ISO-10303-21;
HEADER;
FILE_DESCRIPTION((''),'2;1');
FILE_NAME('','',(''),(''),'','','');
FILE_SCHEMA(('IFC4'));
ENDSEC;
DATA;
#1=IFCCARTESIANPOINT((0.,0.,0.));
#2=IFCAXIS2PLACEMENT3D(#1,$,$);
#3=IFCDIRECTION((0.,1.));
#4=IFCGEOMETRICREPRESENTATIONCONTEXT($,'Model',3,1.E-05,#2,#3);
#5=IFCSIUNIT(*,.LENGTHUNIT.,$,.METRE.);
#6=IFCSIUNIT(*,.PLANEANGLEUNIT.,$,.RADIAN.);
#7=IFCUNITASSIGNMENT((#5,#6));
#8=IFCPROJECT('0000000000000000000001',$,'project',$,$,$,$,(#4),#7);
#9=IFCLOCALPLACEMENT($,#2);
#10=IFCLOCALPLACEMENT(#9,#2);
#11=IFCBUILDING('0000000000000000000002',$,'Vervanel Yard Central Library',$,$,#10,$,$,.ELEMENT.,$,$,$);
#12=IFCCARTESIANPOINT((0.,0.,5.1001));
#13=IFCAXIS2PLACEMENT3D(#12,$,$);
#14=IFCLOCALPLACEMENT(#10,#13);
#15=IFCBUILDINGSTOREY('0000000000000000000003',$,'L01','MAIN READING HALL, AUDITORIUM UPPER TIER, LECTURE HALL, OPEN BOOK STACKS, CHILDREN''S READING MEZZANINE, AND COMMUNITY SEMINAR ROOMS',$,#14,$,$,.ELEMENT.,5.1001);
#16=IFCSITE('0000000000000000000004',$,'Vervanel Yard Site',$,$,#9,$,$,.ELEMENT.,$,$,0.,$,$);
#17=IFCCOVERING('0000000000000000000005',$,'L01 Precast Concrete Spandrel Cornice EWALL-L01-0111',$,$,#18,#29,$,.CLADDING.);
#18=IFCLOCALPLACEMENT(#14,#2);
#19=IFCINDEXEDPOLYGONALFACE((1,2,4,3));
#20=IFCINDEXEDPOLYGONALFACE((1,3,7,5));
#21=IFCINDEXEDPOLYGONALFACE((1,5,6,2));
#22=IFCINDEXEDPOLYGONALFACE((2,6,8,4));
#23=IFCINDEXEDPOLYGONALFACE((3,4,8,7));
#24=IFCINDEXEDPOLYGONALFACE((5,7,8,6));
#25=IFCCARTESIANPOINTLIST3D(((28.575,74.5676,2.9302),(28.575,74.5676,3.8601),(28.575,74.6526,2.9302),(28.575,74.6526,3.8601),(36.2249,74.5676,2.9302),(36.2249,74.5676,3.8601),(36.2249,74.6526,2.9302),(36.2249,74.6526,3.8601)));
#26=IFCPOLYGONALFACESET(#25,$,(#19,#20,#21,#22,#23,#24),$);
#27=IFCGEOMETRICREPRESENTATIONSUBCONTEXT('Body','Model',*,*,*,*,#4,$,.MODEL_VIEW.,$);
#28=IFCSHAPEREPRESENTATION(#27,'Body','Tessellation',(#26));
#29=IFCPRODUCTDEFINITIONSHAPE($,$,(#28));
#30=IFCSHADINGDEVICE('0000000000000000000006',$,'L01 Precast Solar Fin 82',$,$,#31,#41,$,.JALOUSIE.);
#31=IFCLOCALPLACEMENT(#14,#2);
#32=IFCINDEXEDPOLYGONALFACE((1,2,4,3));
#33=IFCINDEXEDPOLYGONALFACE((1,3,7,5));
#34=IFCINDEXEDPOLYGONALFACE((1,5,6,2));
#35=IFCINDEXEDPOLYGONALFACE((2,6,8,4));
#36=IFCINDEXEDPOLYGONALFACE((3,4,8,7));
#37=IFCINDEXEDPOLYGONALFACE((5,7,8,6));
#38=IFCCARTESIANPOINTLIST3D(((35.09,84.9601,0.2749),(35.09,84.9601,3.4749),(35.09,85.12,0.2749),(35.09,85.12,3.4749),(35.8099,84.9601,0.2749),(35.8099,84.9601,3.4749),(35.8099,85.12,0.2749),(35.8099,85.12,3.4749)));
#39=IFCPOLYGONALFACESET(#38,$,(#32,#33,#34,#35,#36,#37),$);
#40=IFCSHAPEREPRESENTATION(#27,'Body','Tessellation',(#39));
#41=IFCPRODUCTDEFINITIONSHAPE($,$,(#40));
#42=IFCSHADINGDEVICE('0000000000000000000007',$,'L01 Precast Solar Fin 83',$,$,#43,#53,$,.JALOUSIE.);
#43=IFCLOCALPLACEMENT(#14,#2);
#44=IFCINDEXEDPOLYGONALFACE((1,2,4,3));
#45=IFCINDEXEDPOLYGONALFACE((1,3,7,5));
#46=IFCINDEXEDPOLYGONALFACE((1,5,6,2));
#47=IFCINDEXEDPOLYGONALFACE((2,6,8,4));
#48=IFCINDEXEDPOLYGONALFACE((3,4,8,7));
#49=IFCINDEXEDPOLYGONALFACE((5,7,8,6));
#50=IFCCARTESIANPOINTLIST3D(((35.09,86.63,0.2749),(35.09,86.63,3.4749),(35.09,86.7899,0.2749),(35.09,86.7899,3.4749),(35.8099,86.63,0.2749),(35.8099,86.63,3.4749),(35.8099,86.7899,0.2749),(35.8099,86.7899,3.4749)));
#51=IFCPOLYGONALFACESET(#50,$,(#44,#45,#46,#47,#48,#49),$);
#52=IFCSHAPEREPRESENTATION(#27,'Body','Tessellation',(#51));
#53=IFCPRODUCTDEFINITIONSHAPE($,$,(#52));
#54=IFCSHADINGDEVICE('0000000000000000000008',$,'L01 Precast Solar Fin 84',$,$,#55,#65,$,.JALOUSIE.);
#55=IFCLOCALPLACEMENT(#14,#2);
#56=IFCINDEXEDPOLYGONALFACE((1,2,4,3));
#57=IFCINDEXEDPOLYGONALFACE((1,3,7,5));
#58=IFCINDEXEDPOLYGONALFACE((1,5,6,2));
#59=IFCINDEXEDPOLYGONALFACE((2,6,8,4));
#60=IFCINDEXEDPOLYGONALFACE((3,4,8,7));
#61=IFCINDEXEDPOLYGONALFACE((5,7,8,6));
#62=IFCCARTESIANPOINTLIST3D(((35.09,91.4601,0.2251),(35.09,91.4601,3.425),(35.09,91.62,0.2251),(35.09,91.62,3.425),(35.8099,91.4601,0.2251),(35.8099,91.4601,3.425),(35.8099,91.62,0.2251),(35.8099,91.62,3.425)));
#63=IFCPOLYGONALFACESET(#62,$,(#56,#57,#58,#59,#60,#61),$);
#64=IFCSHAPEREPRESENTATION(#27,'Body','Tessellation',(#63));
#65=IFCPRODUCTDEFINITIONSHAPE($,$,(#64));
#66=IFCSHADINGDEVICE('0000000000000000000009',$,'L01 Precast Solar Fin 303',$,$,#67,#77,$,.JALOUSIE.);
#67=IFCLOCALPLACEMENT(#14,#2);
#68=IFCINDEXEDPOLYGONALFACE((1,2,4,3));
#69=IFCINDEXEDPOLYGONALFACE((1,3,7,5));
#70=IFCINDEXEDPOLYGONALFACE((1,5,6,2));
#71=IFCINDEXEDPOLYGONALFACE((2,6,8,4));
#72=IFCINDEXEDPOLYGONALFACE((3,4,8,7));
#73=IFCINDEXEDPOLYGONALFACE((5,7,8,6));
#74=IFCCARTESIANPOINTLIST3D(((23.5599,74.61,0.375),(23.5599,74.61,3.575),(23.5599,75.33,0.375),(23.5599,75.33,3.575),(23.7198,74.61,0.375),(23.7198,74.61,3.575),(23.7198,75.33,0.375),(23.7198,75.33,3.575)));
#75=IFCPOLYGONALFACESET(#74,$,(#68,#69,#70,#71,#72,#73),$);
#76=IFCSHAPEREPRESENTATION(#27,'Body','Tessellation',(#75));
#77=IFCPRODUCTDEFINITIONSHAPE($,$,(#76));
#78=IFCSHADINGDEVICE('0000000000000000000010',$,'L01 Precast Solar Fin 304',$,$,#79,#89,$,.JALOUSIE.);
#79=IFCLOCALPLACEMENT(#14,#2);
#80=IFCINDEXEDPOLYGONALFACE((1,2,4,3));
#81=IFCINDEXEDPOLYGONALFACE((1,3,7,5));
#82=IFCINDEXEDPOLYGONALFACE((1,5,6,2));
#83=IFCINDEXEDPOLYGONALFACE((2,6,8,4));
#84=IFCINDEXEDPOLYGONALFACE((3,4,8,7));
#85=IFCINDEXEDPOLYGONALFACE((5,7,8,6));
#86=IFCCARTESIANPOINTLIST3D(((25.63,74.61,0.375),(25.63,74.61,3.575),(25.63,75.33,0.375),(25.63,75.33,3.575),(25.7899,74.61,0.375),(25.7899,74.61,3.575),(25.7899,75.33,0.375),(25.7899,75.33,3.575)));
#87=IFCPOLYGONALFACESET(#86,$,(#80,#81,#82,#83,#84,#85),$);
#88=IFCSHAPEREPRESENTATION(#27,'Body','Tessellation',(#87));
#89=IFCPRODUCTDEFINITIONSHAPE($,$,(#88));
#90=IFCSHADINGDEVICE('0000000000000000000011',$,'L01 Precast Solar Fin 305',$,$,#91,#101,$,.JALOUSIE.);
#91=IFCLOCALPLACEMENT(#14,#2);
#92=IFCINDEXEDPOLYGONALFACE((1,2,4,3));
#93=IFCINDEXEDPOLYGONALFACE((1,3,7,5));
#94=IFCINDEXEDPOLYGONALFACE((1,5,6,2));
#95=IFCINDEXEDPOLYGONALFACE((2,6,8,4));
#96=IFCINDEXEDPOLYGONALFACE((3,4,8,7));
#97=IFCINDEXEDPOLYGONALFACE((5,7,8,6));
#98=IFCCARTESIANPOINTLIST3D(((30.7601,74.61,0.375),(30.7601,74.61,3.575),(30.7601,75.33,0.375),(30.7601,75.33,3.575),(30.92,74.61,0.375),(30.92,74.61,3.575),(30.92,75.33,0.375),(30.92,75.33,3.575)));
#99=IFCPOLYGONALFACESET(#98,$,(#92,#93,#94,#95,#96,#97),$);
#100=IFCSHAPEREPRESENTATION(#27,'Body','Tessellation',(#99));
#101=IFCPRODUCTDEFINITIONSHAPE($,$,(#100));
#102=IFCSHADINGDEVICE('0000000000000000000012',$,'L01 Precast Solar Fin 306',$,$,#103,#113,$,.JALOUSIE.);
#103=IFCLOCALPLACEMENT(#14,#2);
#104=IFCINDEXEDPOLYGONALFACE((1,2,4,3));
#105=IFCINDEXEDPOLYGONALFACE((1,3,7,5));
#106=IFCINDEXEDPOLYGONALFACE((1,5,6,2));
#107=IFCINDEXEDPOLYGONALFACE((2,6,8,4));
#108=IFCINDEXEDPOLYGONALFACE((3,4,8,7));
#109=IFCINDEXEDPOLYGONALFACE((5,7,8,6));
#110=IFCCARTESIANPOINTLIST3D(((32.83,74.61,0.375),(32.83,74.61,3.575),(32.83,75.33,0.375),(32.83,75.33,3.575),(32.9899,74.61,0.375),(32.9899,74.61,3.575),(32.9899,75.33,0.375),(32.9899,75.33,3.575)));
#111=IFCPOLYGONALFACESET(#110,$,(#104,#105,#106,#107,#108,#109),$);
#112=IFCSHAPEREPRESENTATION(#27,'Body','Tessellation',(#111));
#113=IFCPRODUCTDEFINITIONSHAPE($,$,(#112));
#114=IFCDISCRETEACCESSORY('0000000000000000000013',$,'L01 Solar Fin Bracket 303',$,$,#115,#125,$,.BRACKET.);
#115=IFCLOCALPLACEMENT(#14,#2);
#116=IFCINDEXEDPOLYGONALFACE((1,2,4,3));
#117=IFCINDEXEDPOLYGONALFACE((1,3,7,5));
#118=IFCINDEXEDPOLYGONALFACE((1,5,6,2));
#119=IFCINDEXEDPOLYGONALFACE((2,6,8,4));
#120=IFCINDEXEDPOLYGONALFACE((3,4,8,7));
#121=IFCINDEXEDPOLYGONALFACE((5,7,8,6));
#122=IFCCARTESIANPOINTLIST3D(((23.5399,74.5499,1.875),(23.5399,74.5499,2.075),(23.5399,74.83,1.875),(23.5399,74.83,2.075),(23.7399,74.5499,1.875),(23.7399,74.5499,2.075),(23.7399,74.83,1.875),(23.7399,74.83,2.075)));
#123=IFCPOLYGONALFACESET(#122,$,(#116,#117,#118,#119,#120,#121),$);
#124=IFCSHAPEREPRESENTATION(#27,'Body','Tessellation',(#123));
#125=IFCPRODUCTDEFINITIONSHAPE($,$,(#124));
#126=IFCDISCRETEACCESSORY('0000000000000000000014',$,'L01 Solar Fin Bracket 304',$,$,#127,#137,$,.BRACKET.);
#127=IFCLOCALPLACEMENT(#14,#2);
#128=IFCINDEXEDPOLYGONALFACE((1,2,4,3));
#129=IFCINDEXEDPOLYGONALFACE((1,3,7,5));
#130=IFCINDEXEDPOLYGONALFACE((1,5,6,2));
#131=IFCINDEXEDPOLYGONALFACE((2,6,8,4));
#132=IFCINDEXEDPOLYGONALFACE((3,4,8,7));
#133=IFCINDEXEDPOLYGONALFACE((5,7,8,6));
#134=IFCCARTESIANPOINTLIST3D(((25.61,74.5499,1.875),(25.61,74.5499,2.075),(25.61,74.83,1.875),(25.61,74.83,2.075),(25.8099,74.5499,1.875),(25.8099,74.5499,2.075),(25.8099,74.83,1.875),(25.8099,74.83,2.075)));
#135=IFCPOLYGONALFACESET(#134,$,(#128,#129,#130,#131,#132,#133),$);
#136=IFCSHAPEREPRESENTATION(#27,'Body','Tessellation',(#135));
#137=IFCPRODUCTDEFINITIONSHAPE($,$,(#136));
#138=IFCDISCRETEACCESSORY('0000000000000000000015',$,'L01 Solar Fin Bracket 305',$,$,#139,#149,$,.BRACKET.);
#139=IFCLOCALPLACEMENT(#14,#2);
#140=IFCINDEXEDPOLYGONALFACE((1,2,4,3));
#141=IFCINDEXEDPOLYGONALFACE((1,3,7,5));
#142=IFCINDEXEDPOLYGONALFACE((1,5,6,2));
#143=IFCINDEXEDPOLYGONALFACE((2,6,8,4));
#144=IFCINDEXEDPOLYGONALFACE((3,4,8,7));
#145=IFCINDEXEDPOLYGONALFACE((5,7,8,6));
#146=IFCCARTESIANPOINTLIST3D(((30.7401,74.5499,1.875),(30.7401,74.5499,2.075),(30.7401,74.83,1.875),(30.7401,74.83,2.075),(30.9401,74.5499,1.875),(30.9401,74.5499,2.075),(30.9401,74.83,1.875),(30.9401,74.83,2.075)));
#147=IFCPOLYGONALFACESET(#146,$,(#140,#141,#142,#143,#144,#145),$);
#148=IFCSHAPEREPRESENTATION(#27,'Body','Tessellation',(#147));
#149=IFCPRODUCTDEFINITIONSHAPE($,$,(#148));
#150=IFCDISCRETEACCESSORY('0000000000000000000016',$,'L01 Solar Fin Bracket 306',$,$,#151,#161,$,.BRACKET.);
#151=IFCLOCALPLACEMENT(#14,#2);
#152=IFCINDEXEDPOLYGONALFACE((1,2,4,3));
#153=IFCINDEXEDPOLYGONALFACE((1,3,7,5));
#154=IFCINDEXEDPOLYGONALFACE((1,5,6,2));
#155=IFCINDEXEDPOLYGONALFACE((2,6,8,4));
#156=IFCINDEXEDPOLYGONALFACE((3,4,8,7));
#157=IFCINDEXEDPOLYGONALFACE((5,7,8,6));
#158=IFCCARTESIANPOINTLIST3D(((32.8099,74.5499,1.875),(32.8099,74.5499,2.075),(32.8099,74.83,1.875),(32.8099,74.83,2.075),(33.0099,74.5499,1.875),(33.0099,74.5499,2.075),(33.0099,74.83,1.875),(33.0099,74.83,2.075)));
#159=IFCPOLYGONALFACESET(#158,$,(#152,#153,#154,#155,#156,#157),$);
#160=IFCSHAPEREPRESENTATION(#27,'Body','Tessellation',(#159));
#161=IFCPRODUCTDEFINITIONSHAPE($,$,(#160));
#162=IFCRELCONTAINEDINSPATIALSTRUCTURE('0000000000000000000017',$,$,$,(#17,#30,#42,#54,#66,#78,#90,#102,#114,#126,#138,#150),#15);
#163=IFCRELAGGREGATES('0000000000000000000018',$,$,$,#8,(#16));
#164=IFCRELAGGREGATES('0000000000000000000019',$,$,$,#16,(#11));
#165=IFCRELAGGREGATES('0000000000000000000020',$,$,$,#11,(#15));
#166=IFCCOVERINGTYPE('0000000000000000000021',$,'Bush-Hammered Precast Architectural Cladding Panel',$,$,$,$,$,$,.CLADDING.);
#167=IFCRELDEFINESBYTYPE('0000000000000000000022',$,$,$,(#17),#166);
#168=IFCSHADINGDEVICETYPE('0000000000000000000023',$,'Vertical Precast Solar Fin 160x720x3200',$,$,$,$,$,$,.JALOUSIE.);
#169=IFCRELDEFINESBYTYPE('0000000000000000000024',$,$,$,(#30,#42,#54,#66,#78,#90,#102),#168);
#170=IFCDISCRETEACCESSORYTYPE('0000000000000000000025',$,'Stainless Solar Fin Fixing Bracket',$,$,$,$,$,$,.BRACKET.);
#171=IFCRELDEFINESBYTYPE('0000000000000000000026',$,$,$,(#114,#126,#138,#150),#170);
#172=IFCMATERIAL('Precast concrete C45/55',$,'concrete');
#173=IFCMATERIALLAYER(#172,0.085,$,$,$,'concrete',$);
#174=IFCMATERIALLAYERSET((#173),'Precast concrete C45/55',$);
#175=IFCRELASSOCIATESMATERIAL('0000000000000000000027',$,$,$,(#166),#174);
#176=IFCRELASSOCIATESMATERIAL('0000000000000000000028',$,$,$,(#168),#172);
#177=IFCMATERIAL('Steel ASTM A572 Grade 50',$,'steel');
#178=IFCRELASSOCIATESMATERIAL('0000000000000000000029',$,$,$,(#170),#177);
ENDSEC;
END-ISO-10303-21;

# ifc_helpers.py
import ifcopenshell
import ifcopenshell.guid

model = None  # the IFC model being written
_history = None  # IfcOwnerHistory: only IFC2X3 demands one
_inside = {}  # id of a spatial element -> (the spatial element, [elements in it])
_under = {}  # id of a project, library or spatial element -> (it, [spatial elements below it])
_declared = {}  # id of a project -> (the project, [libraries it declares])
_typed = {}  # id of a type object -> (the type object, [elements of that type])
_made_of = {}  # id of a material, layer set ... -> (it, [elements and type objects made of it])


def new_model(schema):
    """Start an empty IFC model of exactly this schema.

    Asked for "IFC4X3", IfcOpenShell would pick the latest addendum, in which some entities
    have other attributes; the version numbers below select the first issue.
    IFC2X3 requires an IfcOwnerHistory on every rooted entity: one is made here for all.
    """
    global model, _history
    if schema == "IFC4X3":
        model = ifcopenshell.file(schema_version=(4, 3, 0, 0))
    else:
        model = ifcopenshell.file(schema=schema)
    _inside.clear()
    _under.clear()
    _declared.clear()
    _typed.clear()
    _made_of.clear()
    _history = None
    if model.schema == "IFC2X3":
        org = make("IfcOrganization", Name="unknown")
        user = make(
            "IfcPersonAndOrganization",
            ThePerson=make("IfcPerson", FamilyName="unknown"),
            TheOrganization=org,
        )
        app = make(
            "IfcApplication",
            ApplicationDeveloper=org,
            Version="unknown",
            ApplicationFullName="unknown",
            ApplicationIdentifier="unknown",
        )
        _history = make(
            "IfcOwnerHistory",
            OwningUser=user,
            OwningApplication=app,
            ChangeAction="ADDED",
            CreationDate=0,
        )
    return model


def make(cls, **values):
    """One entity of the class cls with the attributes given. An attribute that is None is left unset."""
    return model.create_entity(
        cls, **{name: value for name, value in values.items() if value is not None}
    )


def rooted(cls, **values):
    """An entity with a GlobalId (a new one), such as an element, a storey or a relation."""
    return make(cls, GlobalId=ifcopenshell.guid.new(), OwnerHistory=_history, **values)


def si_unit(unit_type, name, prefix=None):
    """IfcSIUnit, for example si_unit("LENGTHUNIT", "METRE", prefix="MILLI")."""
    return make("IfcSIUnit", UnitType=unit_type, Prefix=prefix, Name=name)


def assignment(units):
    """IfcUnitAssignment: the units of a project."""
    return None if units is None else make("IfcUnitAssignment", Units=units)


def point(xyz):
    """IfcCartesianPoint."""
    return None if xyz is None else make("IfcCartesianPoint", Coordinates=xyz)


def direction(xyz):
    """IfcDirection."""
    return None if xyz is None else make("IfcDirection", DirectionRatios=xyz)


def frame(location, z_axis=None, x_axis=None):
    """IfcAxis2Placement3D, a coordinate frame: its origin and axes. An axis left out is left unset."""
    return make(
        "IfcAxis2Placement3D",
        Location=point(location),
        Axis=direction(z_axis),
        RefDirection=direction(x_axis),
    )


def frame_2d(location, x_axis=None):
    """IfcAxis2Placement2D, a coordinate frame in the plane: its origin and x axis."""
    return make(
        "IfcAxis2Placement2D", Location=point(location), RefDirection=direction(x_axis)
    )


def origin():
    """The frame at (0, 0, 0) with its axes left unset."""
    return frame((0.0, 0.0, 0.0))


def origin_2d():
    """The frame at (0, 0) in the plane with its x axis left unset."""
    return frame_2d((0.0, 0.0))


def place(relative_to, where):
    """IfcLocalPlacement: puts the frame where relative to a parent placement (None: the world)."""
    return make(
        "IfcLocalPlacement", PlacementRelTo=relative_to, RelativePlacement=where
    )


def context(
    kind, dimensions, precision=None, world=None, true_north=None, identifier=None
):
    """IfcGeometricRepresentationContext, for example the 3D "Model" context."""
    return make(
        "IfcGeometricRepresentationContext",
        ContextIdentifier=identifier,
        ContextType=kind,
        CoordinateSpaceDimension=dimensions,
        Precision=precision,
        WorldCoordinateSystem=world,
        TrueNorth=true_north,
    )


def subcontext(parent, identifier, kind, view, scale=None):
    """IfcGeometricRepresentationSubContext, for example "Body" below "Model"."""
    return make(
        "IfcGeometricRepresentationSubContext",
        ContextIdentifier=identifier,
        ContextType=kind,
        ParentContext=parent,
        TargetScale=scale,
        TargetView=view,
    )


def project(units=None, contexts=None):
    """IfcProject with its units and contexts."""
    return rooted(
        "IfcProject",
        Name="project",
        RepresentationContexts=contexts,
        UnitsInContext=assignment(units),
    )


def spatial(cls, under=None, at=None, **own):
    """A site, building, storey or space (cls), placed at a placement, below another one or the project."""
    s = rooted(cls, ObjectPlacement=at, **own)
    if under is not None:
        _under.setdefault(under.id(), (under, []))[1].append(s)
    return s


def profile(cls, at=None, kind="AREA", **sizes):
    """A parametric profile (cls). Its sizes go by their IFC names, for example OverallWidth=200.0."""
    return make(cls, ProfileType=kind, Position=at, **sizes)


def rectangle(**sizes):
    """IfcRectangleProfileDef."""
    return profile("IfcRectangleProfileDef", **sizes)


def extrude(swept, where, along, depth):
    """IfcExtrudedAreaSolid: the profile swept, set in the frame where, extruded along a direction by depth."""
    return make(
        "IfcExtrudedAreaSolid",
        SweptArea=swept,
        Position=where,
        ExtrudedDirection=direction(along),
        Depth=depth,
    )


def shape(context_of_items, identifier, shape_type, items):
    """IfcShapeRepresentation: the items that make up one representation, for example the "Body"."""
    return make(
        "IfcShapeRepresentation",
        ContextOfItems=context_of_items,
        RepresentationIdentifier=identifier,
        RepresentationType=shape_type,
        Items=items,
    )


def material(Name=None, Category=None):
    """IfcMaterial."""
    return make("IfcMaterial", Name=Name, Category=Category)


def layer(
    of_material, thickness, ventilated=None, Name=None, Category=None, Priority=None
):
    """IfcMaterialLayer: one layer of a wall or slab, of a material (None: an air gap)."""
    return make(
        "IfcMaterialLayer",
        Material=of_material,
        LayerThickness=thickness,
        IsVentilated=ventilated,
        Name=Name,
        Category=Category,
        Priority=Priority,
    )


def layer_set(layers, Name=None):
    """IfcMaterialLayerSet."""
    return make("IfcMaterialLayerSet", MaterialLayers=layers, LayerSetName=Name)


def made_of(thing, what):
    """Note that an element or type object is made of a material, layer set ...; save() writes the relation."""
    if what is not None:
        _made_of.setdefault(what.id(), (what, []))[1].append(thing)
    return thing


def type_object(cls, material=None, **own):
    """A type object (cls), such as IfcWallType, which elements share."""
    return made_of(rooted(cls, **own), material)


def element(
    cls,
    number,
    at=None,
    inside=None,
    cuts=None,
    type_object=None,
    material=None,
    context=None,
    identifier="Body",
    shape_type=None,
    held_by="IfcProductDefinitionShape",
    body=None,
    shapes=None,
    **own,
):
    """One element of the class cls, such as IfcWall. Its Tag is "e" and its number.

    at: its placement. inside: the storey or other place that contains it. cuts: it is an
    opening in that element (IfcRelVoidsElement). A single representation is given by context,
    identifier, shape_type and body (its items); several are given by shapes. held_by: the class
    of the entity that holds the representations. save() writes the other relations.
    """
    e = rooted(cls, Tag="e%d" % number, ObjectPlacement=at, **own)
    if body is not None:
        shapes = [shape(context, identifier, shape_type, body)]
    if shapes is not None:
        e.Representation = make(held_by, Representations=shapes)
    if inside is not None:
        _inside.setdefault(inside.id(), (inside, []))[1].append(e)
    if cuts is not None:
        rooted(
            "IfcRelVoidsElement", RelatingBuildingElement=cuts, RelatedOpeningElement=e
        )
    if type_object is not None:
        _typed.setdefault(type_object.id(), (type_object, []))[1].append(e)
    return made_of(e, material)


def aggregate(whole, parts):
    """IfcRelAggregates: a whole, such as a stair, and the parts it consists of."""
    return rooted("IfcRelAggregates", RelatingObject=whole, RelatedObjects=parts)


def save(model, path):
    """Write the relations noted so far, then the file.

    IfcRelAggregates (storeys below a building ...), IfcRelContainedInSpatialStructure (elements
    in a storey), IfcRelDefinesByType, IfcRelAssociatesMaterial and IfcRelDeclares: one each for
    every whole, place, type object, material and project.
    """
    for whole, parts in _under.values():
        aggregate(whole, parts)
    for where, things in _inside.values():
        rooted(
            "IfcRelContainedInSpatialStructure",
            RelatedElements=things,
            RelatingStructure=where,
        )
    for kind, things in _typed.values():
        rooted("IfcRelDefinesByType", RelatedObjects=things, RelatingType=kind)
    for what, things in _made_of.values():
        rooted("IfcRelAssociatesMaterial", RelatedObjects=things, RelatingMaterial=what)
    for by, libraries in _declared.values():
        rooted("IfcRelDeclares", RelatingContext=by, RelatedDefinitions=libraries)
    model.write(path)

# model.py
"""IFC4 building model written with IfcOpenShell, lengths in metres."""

from ifc_helpers import new_model, si_unit, direction, frame, origin, origin_2d, place, context, subcontext, project, spatial, rectangle, extrude, material, layer, layer_set, type_object, element, save


model = new_model("IFC4")

# Units and contexts
model_context = context("Model", 3, precision=1e-05, world=origin(), true_north=direction((0.0, 1.0)))
body_context = subcontext(model_context, "Body", "Model", "MODEL_VIEW")
ifc_project = project(units=[si_unit("LENGTHUNIT", "METRE"), si_unit("PLANEANGLEUNIT", "RADIAN")], contexts=[model_context])

# Site, building, storey
site_placement = place(None, origin())
site = spatial("IfcSite", under=ifc_project, at=site_placement, Name="Vervanel Yard Site", CompositionType="ELEMENT", RefElevation=0.0)
building_placement = place(site_placement, origin())
building = spatial("IfcBuilding", under=site, at=building_placement, Name="Vervanel Yard Central Library", CompositionType="ELEMENT")
storey_placement = place(building_placement, frame((0.0, 0.0, 5.1001)))
storey = spatial("IfcBuildingStorey", under=building, at=storey_placement, Name="L01", Description="MAIN READING HALL, AUDITORIUM UPPER TIER, LECTURE HALL, OPEN BOOK STACKS, CHILDREN'S READING MEZZANINE, AND COMMUNITY SEMINAR ROOMS", CompositionType="ELEMENT", Elevation=5.1001)

# Covering
ifc_material_1 = material(Name="Precast concrete C45/55", Category="concrete")
ifc_layer_1 = layer(ifc_material_1, 0.085, Category="concrete")
ifc_layer_set_1 = layer_set([ifc_layer_1], Name="Precast concrete C45/55")
covering_type = type_object("IfcCoveringType", Name="Bush-Hammered Precast Architectural Cladding Panel", PredefinedType="CLADDING", material=ifc_layer_set_1)
covering_1_placement = place(storey_placement, frame((32.3999, 74.6101, 2.9302), z_axis=(0.0, 0.0, 1.0), x_axis=(1.0, 0.0, 0.0)))
element("IfcCovering", 1, at=covering_1_placement, inside=storey, type_object=covering_type, Name="L01 Precast Concrete Spandrel Cornice EWALL-L01-0111", PredefinedType="CLADDING", context=body_context, shape_type="SweptSolid", body=[
    extrude(rectangle(XDim=7.6499, YDim=0.085, at=origin_2d()), origin(), (0.0, 0.0, 1.0), 0.9299),
])

# Shading devices
shading_device_type = type_object("IfcShadingDeviceType", Name="Vertical Precast Solar Fin 160x720x3200", PredefinedType="JALOUSIE", material=ifc_material_1)
for number, where, z_axis, x_axis, name in (
    (2, (35.45, 85.04, 0.2749), (0.0, 0.0, 1.0), (0.0, 1.0, 0.0), "L01 Precast Solar Fin 82"),
    (3, (35.45, 86.71, 0.2749), (0.0, 0.0, 1.0), (0.0, 1.0, 0.0), "L01 Precast Solar Fin 83"),
    (4, (35.45, 91.54, 0.2251), (0.0, 0.0, 1.0), (0.0, 1.0, 0.0), "L01 Precast Solar Fin 84"),
    (5, (23.6399, 74.97, 0.375), (0.0, 0.0, 1.0), (1.0, 0.0, 0.0), "L01 Precast Solar Fin 303"),
    (6, (25.71, 74.97, 0.375), (0.0, 0.0, 1.0), (1.0, 0.0, 0.0), "L01 Precast Solar Fin 304"),
    (7, (30.8401, 74.97, 0.375), (0.0, 0.0, 1.0), (1.0, 0.0, 0.0), "L01 Precast Solar Fin 305"),
    (8, (32.9099, 74.97, 0.375), (0.0, 0.0, 1.0), (1.0, 0.0, 0.0), "L01 Precast Solar Fin 306"),
):
    element("IfcShadingDevice", number, at=place(storey_placement, frame(where, z_axis=z_axis, x_axis=x_axis)), inside=storey, type_object=shading_device_type, Name=name, PredefinedType="JALOUSIE", context=body_context, shape_type="SweptSolid", body=[
        extrude(rectangle(XDim=0.1599, YDim=0.72, at=origin_2d()), origin(), (0.0, 0.0, 1.0), 3.2),
    ])

# Discrete accessories
ifc_material_2 = material(Name="Steel ASTM A572 Grade 50", Category="steel")
discrete_accessory_type = type_object("IfcDiscreteAccessoryType", Name="Stainless Solar Fin Fixing Bracket", PredefinedType="BRACKET", material=ifc_material_2)
for number, where, z_axis, x_axis, name in (
    (9, (23.6399, 74.6899, 1.875), (0.0, 0.0, 1.0), (1.0, 0.0, 0.0), "L01 Solar Fin Bracket 303"),
    (10, (25.71, 74.6899, 1.875), (0.0, 0.0, 1.0), (1.0, 0.0, 0.0), "L01 Solar Fin Bracket 304"),
    (11, (30.8401, 74.6899, 1.875), (0.0, 0.0, 1.0), (1.0, 0.0, 0.0), "L01 Solar Fin Bracket 305"),
    (12, (32.9099, 74.6899, 1.875), (0.0, 0.0, 1.0), (1.0, 0.0, 0.0), "L01 Solar Fin Bracket 306"),
):
    element("IfcDiscreteAccessory", number, at=place(storey_placement, frame(where, z_axis=z_axis, x_axis=x_axis)), inside=storey, type_object=discrete_accessory_type, Name=name, PredefinedType="BRACKET", context=body_context, shape_type="SweptSolid", body=[
        extrude(rectangle(XDim=0.2, YDim=0.28, at=origin_2d()), origin(), (0.0, 0.0, 1.0), 0.2),
    ])

save(model, "model.ifc")
